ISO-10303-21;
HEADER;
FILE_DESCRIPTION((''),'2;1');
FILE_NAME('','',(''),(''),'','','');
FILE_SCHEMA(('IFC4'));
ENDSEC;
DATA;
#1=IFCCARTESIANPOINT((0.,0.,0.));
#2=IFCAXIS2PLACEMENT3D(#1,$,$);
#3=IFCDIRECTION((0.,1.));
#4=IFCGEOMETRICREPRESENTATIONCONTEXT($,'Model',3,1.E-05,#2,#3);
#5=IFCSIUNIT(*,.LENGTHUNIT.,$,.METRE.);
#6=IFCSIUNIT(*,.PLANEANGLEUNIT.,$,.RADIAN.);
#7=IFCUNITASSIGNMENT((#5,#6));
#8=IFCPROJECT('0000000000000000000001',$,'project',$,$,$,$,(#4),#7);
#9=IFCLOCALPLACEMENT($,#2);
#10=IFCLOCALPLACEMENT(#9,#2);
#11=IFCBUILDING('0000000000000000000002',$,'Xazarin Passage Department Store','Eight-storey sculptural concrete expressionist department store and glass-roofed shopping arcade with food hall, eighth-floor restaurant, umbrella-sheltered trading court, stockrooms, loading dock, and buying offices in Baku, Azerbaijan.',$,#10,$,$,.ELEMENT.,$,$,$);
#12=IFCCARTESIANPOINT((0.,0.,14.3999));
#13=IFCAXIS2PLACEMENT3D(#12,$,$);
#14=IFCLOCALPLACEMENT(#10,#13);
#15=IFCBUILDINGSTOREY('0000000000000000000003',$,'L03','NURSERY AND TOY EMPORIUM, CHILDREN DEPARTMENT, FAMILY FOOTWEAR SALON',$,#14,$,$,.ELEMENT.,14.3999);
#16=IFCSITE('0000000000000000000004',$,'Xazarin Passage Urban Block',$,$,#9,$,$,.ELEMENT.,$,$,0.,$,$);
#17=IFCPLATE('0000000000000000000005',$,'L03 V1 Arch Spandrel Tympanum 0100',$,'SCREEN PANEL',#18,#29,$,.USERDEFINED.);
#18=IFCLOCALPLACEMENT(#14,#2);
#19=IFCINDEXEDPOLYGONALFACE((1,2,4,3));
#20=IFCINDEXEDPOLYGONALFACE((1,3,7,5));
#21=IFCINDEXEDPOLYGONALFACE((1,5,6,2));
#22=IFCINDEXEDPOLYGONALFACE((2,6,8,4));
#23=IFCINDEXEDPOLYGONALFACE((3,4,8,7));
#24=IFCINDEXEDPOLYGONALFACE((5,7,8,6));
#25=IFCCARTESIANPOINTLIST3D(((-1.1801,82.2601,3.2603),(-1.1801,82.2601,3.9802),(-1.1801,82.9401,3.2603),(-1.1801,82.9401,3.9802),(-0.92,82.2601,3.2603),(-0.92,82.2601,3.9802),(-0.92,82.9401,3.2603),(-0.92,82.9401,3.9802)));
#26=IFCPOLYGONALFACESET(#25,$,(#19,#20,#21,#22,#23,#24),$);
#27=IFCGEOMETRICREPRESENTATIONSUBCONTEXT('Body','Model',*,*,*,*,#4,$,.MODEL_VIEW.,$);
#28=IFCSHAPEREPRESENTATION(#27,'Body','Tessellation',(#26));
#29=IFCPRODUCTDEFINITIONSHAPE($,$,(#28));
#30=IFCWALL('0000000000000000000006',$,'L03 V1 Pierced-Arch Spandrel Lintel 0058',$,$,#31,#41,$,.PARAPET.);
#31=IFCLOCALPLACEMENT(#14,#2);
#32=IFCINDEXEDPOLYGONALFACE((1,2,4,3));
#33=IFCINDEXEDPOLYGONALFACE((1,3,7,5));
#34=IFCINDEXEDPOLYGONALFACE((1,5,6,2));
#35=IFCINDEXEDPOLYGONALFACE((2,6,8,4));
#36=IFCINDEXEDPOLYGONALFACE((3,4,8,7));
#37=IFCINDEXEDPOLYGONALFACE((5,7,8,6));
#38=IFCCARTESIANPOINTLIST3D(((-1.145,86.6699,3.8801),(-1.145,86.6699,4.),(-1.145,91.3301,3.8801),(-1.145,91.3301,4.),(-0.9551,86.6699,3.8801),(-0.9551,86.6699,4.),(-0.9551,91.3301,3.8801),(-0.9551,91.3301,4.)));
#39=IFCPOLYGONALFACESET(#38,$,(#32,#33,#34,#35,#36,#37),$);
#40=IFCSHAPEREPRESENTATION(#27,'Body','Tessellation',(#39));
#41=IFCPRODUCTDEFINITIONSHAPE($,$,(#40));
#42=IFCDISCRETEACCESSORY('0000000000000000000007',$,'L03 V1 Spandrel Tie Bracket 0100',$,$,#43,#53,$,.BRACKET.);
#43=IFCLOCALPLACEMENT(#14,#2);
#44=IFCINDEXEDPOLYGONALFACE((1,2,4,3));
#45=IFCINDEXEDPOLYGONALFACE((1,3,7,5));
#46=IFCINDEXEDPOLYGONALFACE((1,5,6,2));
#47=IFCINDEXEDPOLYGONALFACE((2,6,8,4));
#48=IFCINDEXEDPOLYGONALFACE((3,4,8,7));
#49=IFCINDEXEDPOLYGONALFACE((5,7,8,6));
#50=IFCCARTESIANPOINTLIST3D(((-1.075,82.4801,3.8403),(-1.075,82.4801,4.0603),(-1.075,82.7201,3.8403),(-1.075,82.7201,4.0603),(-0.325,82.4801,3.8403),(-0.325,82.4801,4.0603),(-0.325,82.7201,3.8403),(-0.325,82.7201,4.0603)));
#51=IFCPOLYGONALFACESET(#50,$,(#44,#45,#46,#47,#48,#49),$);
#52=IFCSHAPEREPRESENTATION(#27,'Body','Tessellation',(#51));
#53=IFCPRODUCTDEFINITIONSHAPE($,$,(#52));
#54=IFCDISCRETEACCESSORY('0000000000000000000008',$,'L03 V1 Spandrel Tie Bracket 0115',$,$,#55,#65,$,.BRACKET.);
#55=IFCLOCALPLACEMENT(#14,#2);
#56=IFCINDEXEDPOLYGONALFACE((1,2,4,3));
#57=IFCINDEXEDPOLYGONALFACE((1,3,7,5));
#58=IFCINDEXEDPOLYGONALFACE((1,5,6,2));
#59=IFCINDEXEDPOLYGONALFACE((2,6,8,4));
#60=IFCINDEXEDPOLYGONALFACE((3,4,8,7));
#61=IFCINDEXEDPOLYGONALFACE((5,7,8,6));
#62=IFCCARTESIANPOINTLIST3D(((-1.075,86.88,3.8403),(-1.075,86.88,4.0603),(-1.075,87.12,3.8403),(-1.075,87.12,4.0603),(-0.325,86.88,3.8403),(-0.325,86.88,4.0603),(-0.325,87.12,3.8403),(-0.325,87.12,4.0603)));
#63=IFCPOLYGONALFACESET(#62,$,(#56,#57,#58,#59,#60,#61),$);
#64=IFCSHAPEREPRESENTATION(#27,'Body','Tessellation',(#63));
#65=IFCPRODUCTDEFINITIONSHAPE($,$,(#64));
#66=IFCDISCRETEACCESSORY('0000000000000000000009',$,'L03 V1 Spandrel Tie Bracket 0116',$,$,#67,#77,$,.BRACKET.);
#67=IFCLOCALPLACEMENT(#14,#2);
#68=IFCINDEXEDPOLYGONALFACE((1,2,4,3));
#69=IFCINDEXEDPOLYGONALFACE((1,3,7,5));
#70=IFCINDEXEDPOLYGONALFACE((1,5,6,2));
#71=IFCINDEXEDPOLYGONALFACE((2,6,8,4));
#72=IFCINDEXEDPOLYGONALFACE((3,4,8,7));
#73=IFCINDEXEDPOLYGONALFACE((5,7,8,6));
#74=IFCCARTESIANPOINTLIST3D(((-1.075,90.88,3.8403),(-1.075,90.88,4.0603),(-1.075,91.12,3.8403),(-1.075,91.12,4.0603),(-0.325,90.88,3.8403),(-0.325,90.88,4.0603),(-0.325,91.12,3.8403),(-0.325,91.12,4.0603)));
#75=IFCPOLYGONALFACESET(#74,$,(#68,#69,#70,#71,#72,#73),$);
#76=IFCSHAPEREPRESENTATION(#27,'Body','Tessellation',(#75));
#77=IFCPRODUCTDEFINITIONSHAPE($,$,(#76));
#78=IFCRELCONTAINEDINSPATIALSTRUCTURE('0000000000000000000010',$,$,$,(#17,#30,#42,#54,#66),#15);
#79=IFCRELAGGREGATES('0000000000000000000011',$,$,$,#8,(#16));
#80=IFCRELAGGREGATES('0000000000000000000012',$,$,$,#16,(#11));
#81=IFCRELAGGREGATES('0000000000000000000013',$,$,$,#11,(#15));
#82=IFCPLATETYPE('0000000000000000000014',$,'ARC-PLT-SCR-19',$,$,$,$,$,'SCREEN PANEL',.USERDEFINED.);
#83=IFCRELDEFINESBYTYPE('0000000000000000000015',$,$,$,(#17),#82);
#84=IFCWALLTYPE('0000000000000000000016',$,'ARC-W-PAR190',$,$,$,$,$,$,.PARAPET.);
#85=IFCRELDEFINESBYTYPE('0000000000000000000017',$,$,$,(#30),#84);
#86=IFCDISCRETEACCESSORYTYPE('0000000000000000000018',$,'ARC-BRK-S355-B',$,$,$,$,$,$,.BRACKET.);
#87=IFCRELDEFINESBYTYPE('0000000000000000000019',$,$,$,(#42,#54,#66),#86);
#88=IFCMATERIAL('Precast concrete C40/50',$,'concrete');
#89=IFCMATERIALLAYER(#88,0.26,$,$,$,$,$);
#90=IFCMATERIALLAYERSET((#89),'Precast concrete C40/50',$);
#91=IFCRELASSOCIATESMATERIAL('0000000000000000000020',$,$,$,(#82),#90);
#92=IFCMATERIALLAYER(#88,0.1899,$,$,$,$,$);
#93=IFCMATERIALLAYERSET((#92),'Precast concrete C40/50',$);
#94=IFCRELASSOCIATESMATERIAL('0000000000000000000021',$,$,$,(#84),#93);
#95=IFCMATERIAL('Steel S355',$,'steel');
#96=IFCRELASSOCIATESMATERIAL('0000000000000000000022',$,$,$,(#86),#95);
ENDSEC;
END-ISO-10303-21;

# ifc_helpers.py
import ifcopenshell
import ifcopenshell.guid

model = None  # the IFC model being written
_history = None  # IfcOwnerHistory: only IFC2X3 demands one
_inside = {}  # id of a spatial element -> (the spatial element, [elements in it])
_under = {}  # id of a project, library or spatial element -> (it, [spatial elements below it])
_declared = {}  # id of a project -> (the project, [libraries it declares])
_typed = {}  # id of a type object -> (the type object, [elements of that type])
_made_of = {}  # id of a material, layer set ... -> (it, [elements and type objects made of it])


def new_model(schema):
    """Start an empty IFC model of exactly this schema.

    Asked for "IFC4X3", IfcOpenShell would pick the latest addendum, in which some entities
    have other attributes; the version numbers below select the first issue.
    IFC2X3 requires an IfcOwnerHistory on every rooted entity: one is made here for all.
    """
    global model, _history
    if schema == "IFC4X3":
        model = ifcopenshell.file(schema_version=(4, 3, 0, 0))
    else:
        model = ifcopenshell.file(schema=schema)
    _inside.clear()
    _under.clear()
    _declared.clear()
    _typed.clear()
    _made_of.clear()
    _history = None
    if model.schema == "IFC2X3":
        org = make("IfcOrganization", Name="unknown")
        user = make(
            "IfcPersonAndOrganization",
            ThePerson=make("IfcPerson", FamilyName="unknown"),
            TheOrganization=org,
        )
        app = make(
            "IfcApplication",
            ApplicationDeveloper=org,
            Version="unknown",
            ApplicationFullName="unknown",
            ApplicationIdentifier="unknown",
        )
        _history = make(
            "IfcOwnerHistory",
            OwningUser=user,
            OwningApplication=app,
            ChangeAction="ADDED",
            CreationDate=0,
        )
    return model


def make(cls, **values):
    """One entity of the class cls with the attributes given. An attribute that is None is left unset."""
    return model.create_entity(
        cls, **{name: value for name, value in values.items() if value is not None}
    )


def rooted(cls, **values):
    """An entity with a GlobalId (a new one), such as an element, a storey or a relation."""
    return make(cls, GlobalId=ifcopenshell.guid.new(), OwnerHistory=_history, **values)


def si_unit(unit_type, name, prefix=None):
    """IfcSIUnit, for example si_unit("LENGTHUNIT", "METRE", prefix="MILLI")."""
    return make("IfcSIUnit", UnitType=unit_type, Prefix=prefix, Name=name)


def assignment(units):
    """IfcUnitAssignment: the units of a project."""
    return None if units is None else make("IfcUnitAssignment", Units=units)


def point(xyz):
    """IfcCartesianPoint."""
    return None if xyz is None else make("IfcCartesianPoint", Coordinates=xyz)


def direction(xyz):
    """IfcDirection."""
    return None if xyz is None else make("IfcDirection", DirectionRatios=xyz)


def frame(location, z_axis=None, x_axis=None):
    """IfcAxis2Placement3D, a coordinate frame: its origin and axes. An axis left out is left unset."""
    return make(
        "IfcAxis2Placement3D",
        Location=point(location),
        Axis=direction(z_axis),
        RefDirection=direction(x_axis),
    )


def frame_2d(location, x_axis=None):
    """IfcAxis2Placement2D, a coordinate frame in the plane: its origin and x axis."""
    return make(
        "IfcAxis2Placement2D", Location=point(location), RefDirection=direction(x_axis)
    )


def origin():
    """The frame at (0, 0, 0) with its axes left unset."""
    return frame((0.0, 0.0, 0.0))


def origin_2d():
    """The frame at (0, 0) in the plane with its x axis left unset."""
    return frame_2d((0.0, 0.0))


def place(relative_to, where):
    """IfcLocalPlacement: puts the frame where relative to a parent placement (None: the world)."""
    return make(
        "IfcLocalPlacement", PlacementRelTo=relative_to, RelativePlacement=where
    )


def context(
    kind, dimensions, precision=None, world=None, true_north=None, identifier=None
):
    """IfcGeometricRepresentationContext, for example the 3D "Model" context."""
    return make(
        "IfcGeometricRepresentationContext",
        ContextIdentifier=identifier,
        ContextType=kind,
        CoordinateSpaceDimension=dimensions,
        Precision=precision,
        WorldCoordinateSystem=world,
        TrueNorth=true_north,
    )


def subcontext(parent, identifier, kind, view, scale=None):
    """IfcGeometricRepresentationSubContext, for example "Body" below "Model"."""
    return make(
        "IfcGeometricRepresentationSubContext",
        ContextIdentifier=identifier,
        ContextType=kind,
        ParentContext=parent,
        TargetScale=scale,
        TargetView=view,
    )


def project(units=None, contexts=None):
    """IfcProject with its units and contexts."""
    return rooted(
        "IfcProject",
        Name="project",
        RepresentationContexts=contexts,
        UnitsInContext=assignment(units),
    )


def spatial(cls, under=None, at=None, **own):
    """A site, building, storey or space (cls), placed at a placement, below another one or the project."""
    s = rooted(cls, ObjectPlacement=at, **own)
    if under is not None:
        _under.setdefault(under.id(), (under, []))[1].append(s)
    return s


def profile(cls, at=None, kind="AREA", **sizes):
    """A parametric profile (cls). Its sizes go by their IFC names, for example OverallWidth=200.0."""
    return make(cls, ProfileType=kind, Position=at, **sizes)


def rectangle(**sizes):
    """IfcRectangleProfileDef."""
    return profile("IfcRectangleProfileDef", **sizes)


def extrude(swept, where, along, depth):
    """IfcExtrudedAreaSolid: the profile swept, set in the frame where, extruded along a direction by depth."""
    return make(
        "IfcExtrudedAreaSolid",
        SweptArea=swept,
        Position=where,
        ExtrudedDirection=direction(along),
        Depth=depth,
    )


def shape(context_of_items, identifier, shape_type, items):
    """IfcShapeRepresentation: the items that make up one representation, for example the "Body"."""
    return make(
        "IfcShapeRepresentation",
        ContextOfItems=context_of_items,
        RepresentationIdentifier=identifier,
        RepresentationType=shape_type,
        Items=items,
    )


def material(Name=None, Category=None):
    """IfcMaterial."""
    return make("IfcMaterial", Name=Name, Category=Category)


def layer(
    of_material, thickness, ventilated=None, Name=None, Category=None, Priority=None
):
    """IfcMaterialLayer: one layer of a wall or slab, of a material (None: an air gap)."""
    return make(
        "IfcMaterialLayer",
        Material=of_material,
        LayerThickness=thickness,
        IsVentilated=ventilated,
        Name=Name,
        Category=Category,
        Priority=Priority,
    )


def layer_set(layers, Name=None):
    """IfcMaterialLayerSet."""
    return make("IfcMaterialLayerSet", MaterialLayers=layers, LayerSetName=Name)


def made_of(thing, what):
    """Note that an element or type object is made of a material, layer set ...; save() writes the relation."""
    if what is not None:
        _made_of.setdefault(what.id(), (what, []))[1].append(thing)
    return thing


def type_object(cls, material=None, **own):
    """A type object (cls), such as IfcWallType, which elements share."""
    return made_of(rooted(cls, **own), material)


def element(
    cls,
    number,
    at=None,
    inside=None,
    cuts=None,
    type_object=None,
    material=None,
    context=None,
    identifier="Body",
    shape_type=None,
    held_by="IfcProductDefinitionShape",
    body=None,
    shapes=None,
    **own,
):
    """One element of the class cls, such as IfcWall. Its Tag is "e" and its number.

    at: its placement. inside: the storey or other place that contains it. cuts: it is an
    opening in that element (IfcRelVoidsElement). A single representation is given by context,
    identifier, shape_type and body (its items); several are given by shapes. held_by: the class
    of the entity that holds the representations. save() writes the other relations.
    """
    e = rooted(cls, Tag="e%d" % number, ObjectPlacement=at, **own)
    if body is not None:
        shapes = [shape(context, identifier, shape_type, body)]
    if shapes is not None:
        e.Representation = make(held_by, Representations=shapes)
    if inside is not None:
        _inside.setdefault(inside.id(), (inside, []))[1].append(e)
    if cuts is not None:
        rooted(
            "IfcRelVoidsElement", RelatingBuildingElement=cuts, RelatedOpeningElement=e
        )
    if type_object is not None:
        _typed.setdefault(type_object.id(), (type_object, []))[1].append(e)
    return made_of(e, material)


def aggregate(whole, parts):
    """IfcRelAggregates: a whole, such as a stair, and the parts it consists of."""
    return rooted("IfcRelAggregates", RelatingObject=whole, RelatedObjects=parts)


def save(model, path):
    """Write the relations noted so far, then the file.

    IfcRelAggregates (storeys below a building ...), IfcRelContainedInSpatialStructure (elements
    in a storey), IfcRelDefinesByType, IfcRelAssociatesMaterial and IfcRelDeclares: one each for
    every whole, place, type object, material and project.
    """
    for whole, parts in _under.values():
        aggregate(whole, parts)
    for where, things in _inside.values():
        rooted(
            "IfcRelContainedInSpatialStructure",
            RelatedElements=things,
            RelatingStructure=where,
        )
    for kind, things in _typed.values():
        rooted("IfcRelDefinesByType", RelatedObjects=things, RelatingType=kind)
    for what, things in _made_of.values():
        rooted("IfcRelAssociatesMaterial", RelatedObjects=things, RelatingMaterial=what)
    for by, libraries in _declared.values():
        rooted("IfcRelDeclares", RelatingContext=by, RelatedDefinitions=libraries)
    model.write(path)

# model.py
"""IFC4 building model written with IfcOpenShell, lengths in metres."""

from ifc_helpers import new_model, si_unit, direction, frame, frame_2d, origin, origin_2d, place, context, subcontext, project, spatial, rectangle, extrude, material, layer, layer_set, type_object, element, save


model = new_model("IFC4")

# Units and contexts
model_context = context("Model", 3, precision=1e-05, world=origin(), true_north=direction((0.0, 1.0)))
body_context = subcontext(model_context, "Body", "Model", "MODEL_VIEW")
ifc_project = project(units=[si_unit("LENGTHUNIT", "METRE"), si_unit("PLANEANGLEUNIT", "RADIAN")], contexts=[model_context])

# Site, building, storey
site_placement = place(None, origin())
site = spatial("IfcSite", under=ifc_project, at=site_placement, Name="Xazarin Passage Urban Block", CompositionType="ELEMENT", RefElevation=0.0)
building_placement = place(site_placement, origin())
building = spatial("IfcBuilding", under=site, at=building_placement, Name="Xazarin Passage Department Store", Description="Eight-storey sculptural concrete expressionist department store and glass-roofed shopping arcade with food hall, eighth-floor restaurant, umbrella-sheltered trading court, stockrooms, loading dock, and buying offices in Baku, Azerbaijan.", CompositionType="ELEMENT")
storey_placement = place(building_placement, frame((0.0, 0.0, 14.3999)))
storey = spatial("IfcBuildingStorey", under=building, at=storey_placement, Name="L03", Description="NURSERY AND TOY EMPORIUM, CHILDREN DEPARTMENT, FAMILY FOOTWEAR SALON", CompositionType="ELEMENT", Elevation=14.3999)

# Plate
ifc_material_1 = material(Name="Precast concrete C40/50", Category="concrete")
ifc_layer_1 = layer(ifc_material_1, 0.26)
ifc_layer_set_1 = layer_set([ifc_layer_1], Name="Precast concrete C40/50")
plate_type_1 = type_object("IfcPlateType", Name="ARC-PLT-SCR-19", ElementType="SCREEN PANEL", PredefinedType="USERDEFINED", material=ifc_layer_set_1)
plate_placement = place(storey_placement, frame((-1.05, 82.6001, 3.2603), z_axis=(0.0, 0.0, 1.0), x_axis=(0.0, 1.0, 0.0)))
element("IfcPlate", 1, at=plate_placement, inside=storey, type_object=plate_type_1, Name="L03 V1 Arch Spandrel Tympanum 0100", ObjectType="SCREEN PANEL", PredefinedType="USERDEFINED", context=body_context, shape_type="SweptSolid", body=[
    extrude(rectangle(XDim=0.6799, YDim=0.26, at=origin_2d()), origin(), (0.0, 0.0, 1.0), 0.72),
])

# Wall
ifc_layer_2 = layer(ifc_material_1, 0.1899)
ifc_layer_set_2 = layer_set([ifc_layer_2], Name="Precast concrete C40/50")
wall_type = type_object("IfcWallType", Name="ARC-W-PAR190", PredefinedType="PARAPET", material=ifc_layer_set_2)
wall_placement = place(storey_placement, frame((-1.05, 86.6699, 3.8801), z_axis=(0.0, 0.0, 1.0), x_axis=(0.0, 1.0, 0.0)))
element("IfcWall", 2, at=wall_placement, inside=storey, type_object=wall_type, Name="L03 V1 Pierced-Arch Spandrel Lintel 0058", PredefinedType="PARAPET", context=body_context, shape_type="SweptSolid", body=[
    extrude(rectangle(XDim=4.6602, YDim=0.1899, at=frame_2d((2.3301, 0.0))), origin(), (0.0, 0.0, 1.0), 0.1199),
])

# Discrete accessories
ifc_material_2 = material(Name="Steel S355", Category="steel")
discrete_accessory_type = type_object("IfcDiscreteAccessoryType", Name="ARC-BRK-S355-B", PredefinedType="BRACKET", material=ifc_material_2)
for number, where, z_axis, x_axis, name in (
    (3, (-0.7, 82.6001, 3.8403), (0.0, 0.0, 1.0), (0.0, 1.0, 0.0), "L03 V1 Spandrel Tie Bracket 0100"),
    (4, (-0.7, 87.0, 3.8403), (0.0, 0.0, 1.0), (0.0, 1.0, 0.0), "L03 V1 Spandrel Tie Bracket 0115"),
    (5, (-0.7, 91.0, 3.8403), (0.0, 0.0, 1.0), (0.0, 1.0, 0.0), "L03 V1 Spandrel Tie Bracket 0116"),
):
    element("IfcDiscreteAccessory", number, at=place(storey_placement, frame(where, z_axis=z_axis, x_axis=x_axis)), inside=storey, type_object=discrete_accessory_type, Name=name, PredefinedType="BRACKET", context=body_context, shape_type="SweptSolid", body=[
        extrude(rectangle(XDim=0.24, YDim=0.75, at=origin_2d()), origin(), (0.0, 0.0, 1.0), 0.22),
    ])

save(model, "model.ifc")
